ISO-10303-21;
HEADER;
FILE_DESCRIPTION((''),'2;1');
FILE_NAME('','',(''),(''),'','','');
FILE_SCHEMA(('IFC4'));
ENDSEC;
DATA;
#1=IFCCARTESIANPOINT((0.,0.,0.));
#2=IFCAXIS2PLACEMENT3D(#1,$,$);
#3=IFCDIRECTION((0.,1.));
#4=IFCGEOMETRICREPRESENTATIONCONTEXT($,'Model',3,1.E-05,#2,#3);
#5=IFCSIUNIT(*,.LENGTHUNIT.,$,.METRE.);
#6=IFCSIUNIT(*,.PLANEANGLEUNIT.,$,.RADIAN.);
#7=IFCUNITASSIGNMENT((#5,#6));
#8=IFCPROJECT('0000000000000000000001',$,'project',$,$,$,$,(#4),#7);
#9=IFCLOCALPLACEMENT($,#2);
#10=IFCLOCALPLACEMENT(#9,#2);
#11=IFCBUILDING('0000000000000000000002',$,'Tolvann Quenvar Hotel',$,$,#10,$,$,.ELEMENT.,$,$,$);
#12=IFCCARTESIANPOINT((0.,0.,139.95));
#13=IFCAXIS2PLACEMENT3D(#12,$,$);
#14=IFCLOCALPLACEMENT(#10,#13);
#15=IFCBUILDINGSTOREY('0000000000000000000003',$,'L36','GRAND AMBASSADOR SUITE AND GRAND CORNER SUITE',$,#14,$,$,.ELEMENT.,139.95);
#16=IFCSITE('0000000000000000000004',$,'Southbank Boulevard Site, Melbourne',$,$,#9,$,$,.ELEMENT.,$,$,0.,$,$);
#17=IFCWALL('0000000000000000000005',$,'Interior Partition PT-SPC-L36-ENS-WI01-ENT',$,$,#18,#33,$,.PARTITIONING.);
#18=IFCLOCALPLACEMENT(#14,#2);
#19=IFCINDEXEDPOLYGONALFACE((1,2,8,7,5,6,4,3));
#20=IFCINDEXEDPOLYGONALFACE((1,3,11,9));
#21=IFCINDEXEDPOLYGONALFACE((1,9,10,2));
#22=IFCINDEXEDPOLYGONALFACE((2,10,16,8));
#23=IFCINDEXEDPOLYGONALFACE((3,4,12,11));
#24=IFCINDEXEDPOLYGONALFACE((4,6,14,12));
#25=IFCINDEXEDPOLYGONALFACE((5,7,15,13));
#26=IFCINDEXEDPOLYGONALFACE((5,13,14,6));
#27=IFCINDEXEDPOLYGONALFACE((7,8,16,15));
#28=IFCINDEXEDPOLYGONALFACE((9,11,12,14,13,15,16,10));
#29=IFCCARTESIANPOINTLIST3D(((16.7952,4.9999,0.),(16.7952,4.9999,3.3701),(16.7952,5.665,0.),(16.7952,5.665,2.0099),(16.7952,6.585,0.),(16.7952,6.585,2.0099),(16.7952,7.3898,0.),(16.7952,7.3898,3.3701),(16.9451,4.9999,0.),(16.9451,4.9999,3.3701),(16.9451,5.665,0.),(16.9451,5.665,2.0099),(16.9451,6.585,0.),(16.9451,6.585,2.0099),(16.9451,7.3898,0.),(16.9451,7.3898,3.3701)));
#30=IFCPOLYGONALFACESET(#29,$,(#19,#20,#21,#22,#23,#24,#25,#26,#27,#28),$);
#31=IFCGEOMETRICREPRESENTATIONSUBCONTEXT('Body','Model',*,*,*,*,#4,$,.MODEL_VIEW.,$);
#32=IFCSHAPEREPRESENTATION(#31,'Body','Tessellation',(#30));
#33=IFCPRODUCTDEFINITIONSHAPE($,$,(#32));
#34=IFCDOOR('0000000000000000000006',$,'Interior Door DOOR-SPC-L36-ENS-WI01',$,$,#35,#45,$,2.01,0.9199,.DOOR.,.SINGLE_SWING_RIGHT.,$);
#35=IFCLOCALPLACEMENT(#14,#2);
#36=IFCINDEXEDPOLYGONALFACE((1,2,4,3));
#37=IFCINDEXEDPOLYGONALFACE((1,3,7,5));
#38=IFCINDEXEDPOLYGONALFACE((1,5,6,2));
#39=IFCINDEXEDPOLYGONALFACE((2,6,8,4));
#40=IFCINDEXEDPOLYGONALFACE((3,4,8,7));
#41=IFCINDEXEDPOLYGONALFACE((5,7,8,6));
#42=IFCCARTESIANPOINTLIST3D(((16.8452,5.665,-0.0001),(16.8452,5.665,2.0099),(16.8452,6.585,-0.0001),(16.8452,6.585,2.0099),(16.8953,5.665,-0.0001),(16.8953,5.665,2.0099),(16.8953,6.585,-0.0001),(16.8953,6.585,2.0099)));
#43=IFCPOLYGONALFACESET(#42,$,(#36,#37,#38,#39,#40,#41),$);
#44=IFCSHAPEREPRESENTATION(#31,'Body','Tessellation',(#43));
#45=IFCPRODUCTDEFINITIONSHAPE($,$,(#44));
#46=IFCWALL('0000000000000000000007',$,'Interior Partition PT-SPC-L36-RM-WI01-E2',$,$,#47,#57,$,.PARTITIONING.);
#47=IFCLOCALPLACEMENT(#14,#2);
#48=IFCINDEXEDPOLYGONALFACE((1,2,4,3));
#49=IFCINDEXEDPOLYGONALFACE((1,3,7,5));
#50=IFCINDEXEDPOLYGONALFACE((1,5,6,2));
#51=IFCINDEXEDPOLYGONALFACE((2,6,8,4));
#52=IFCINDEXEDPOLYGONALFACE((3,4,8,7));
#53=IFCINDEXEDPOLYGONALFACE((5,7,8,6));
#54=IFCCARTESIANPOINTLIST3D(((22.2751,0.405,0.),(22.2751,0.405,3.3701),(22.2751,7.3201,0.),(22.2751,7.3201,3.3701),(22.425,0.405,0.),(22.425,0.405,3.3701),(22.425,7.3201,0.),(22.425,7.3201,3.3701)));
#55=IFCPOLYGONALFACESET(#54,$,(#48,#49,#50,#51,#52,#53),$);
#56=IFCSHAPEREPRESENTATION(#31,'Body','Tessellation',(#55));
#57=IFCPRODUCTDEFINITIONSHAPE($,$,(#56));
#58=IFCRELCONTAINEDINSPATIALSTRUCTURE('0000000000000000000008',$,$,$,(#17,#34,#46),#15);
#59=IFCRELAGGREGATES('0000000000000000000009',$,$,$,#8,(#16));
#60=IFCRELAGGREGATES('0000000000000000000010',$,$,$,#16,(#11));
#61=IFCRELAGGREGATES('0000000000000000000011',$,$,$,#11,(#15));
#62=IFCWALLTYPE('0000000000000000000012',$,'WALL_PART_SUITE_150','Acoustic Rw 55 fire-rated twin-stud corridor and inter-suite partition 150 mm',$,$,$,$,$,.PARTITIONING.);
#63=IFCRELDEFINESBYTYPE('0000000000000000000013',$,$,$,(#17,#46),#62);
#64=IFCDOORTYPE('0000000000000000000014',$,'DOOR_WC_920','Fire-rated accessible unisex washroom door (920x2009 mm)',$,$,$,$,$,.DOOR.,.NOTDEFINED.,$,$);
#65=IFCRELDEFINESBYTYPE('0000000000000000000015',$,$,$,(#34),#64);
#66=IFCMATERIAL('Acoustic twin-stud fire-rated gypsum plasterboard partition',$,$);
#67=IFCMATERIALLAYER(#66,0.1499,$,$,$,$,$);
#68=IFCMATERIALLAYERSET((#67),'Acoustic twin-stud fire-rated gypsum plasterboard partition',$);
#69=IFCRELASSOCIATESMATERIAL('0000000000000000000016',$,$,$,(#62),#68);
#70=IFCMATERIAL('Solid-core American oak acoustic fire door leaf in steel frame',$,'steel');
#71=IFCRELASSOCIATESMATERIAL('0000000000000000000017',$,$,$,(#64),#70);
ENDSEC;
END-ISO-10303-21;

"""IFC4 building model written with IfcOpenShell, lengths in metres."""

from ifc_helpers import new_model, si_unit, direction, frame, frame_2d, origin, place, context, subcontext, project, spatial, rectangle, extrude, source, transform, mapped, material, layer, layer_set, type_object, type_shapes, element, fill, save


model = new_model("IFC4")

# Units and contexts
model_context = context("Model", 3, precision=1e-05, world=origin(), true_north=direction((0.0, 1.0)))
body_context = subcontext(model_context, "Body", "Model", "MODEL_VIEW")
ifc_project = project(units=[si_unit("LENGTHUNIT", "METRE"), si_unit("PLANEANGLEUNIT", "RADIAN")], contexts=[model_context])

# Site, building, storey
site_placement = place(None, origin())
site = spatial("IfcSite", under=ifc_project, at=site_placement, Name="Southbank Boulevard Site, Melbourne", CompositionType="ELEMENT", RefElevation=0.0)
building_placement = place(site_placement, origin())
building = spatial("IfcBuilding", under=site, at=building_placement, Name="Tolvann Quenvar Hotel", CompositionType="ELEMENT")
storey_placement = place(building_placement, frame((0.0, 0.0, 139.95)))
storey = spatial("IfcBuildingStorey", under=building, at=storey_placement, Name="L36", Description="GRAND AMBASSADOR SUITE AND GRAND CORNER SUITE", CompositionType="ELEMENT", Elevation=139.95)

# Wall, opening, door
ifc_material_1 = material(Name="Acoustic twin-stud fire-rated gypsum plasterboard partition")
ifc_layer_1 = layer(ifc_material_1, 0.1499)
ifc_layer_set_1 = layer_set([ifc_layer_1], Name="Acoustic twin-stud fire-rated gypsum plasterboard partition")
wall_type = type_object("IfcWallType", Name="WALL_PART_SUITE_150", Description="Acoustic Rw 55 fire-rated twin-stud corridor and inter-suite partition 150 mm", PredefinedType="PARTITIONING", material=ifc_layer_set_1)
wall_1_placement = place(storey_placement, frame((16.8701, 5.0, 0.0), z_axis=(0.0, 0.0, 1.0), x_axis=(0.0, 1.0, 0.0)))
wall_1 = element("IfcWall", 1, at=wall_1_placement, inside=storey, type_object=wall_type, Name="Interior Partition PT-SPC-L36-ENS-WI01-ENT", PredefinedType="PARTITIONING", context=body_context, shape_type="SweptSolid", body=[
    extrude(rectangle(XDim=2.3899, YDim=0.1499, at=frame_2d((1.1948, 0.0))), origin(), (0.0, 0.0, 1.0), 3.3701),
])
opening_placement = place(wall_1_placement, frame((0.665, 0.0, 0.0)))
opening = element("IfcOpeningElement", 2, at=opening_placement, cuts=wall_1, PredefinedType="OPENING", context=body_context, shape_type="SweptSolid", body=[
    extrude(rectangle(XDim=0.9199, YDim=2.01, at=frame_2d((0.46, 1.0049))), frame((0.0, 0.085, 0.0), z_axis=(0.0, -1.0, 0.0), x_axis=(1.0, 0.0, 0.0)), (0.0, 0.0, 1.0), 0.1699),
])
ifc_material_2 = material(Name="Solid-core American oak acoustic fire door leaf in steel frame", Category="steel")
door_type = type_object("IfcDoorType", Name="DOOR_WC_920", Description="Fire-rated accessible unisex washroom door (920x2009 mm)", OperationType="NOTDEFINED", PredefinedType="DOOR", material=ifc_material_2)
shared_shape_1 = source(origin(), body_context, "Body", "SweptSolid", [
    extrude(rectangle(XDim=0.9199, YDim=2.01, at=frame_2d((0.46, 1.0049))), frame((0.0, 0.0249, 0.0), z_axis=(0.0, -1.0, 0.0), x_axis=(1.0, 0.0, 0.0)), (0.0, 0.0, 1.0), 0.05),
])
type_shapes(door_type, [shared_shape_1])
door_placement = place(opening_placement, origin())
door = element("IfcDoor", 3, at=door_placement, inside=storey, type_object=door_type, Name="Interior Door DOOR-SPC-L36-ENS-WI01", OperationType="SINGLE_SWING_RIGHT", OverallHeight=2.01, OverallWidth=0.9199, PredefinedType="DOOR", context=body_context, shape_type="MappedRepresentation", body=[
    mapped(shared_shape_1, transform((0.0, 0.0, 0.0), x_axis=(1.0, 0.0, 0.0), y_axis=(0.0, 1.0, 0.0), z_axis=(0.0, 0.0, 1.0), scale=1.0)),
])
fill(opening, door)

# Wall
wall_2_placement = place(storey_placement, frame((22.3501, 0.405, 0.0), z_axis=(0.0, 0.0, 1.0), x_axis=(0.0, 1.0, 0.0)))
element("IfcWall", 4, at=wall_2_placement, inside=storey, type_object=wall_type, Name="Interior Partition PT-SPC-L36-RM-WI01-E2", PredefinedType="PARTITIONING", context=body_context, shape_type="SweptSolid", body=[
    extrude(rectangle(XDim=6.915, YDim=0.1499, at=frame_2d((3.4575, 0.0))), origin(), (0.0, 0.0, 1.0), 3.3701),
])

save(model, "model.ifc")
